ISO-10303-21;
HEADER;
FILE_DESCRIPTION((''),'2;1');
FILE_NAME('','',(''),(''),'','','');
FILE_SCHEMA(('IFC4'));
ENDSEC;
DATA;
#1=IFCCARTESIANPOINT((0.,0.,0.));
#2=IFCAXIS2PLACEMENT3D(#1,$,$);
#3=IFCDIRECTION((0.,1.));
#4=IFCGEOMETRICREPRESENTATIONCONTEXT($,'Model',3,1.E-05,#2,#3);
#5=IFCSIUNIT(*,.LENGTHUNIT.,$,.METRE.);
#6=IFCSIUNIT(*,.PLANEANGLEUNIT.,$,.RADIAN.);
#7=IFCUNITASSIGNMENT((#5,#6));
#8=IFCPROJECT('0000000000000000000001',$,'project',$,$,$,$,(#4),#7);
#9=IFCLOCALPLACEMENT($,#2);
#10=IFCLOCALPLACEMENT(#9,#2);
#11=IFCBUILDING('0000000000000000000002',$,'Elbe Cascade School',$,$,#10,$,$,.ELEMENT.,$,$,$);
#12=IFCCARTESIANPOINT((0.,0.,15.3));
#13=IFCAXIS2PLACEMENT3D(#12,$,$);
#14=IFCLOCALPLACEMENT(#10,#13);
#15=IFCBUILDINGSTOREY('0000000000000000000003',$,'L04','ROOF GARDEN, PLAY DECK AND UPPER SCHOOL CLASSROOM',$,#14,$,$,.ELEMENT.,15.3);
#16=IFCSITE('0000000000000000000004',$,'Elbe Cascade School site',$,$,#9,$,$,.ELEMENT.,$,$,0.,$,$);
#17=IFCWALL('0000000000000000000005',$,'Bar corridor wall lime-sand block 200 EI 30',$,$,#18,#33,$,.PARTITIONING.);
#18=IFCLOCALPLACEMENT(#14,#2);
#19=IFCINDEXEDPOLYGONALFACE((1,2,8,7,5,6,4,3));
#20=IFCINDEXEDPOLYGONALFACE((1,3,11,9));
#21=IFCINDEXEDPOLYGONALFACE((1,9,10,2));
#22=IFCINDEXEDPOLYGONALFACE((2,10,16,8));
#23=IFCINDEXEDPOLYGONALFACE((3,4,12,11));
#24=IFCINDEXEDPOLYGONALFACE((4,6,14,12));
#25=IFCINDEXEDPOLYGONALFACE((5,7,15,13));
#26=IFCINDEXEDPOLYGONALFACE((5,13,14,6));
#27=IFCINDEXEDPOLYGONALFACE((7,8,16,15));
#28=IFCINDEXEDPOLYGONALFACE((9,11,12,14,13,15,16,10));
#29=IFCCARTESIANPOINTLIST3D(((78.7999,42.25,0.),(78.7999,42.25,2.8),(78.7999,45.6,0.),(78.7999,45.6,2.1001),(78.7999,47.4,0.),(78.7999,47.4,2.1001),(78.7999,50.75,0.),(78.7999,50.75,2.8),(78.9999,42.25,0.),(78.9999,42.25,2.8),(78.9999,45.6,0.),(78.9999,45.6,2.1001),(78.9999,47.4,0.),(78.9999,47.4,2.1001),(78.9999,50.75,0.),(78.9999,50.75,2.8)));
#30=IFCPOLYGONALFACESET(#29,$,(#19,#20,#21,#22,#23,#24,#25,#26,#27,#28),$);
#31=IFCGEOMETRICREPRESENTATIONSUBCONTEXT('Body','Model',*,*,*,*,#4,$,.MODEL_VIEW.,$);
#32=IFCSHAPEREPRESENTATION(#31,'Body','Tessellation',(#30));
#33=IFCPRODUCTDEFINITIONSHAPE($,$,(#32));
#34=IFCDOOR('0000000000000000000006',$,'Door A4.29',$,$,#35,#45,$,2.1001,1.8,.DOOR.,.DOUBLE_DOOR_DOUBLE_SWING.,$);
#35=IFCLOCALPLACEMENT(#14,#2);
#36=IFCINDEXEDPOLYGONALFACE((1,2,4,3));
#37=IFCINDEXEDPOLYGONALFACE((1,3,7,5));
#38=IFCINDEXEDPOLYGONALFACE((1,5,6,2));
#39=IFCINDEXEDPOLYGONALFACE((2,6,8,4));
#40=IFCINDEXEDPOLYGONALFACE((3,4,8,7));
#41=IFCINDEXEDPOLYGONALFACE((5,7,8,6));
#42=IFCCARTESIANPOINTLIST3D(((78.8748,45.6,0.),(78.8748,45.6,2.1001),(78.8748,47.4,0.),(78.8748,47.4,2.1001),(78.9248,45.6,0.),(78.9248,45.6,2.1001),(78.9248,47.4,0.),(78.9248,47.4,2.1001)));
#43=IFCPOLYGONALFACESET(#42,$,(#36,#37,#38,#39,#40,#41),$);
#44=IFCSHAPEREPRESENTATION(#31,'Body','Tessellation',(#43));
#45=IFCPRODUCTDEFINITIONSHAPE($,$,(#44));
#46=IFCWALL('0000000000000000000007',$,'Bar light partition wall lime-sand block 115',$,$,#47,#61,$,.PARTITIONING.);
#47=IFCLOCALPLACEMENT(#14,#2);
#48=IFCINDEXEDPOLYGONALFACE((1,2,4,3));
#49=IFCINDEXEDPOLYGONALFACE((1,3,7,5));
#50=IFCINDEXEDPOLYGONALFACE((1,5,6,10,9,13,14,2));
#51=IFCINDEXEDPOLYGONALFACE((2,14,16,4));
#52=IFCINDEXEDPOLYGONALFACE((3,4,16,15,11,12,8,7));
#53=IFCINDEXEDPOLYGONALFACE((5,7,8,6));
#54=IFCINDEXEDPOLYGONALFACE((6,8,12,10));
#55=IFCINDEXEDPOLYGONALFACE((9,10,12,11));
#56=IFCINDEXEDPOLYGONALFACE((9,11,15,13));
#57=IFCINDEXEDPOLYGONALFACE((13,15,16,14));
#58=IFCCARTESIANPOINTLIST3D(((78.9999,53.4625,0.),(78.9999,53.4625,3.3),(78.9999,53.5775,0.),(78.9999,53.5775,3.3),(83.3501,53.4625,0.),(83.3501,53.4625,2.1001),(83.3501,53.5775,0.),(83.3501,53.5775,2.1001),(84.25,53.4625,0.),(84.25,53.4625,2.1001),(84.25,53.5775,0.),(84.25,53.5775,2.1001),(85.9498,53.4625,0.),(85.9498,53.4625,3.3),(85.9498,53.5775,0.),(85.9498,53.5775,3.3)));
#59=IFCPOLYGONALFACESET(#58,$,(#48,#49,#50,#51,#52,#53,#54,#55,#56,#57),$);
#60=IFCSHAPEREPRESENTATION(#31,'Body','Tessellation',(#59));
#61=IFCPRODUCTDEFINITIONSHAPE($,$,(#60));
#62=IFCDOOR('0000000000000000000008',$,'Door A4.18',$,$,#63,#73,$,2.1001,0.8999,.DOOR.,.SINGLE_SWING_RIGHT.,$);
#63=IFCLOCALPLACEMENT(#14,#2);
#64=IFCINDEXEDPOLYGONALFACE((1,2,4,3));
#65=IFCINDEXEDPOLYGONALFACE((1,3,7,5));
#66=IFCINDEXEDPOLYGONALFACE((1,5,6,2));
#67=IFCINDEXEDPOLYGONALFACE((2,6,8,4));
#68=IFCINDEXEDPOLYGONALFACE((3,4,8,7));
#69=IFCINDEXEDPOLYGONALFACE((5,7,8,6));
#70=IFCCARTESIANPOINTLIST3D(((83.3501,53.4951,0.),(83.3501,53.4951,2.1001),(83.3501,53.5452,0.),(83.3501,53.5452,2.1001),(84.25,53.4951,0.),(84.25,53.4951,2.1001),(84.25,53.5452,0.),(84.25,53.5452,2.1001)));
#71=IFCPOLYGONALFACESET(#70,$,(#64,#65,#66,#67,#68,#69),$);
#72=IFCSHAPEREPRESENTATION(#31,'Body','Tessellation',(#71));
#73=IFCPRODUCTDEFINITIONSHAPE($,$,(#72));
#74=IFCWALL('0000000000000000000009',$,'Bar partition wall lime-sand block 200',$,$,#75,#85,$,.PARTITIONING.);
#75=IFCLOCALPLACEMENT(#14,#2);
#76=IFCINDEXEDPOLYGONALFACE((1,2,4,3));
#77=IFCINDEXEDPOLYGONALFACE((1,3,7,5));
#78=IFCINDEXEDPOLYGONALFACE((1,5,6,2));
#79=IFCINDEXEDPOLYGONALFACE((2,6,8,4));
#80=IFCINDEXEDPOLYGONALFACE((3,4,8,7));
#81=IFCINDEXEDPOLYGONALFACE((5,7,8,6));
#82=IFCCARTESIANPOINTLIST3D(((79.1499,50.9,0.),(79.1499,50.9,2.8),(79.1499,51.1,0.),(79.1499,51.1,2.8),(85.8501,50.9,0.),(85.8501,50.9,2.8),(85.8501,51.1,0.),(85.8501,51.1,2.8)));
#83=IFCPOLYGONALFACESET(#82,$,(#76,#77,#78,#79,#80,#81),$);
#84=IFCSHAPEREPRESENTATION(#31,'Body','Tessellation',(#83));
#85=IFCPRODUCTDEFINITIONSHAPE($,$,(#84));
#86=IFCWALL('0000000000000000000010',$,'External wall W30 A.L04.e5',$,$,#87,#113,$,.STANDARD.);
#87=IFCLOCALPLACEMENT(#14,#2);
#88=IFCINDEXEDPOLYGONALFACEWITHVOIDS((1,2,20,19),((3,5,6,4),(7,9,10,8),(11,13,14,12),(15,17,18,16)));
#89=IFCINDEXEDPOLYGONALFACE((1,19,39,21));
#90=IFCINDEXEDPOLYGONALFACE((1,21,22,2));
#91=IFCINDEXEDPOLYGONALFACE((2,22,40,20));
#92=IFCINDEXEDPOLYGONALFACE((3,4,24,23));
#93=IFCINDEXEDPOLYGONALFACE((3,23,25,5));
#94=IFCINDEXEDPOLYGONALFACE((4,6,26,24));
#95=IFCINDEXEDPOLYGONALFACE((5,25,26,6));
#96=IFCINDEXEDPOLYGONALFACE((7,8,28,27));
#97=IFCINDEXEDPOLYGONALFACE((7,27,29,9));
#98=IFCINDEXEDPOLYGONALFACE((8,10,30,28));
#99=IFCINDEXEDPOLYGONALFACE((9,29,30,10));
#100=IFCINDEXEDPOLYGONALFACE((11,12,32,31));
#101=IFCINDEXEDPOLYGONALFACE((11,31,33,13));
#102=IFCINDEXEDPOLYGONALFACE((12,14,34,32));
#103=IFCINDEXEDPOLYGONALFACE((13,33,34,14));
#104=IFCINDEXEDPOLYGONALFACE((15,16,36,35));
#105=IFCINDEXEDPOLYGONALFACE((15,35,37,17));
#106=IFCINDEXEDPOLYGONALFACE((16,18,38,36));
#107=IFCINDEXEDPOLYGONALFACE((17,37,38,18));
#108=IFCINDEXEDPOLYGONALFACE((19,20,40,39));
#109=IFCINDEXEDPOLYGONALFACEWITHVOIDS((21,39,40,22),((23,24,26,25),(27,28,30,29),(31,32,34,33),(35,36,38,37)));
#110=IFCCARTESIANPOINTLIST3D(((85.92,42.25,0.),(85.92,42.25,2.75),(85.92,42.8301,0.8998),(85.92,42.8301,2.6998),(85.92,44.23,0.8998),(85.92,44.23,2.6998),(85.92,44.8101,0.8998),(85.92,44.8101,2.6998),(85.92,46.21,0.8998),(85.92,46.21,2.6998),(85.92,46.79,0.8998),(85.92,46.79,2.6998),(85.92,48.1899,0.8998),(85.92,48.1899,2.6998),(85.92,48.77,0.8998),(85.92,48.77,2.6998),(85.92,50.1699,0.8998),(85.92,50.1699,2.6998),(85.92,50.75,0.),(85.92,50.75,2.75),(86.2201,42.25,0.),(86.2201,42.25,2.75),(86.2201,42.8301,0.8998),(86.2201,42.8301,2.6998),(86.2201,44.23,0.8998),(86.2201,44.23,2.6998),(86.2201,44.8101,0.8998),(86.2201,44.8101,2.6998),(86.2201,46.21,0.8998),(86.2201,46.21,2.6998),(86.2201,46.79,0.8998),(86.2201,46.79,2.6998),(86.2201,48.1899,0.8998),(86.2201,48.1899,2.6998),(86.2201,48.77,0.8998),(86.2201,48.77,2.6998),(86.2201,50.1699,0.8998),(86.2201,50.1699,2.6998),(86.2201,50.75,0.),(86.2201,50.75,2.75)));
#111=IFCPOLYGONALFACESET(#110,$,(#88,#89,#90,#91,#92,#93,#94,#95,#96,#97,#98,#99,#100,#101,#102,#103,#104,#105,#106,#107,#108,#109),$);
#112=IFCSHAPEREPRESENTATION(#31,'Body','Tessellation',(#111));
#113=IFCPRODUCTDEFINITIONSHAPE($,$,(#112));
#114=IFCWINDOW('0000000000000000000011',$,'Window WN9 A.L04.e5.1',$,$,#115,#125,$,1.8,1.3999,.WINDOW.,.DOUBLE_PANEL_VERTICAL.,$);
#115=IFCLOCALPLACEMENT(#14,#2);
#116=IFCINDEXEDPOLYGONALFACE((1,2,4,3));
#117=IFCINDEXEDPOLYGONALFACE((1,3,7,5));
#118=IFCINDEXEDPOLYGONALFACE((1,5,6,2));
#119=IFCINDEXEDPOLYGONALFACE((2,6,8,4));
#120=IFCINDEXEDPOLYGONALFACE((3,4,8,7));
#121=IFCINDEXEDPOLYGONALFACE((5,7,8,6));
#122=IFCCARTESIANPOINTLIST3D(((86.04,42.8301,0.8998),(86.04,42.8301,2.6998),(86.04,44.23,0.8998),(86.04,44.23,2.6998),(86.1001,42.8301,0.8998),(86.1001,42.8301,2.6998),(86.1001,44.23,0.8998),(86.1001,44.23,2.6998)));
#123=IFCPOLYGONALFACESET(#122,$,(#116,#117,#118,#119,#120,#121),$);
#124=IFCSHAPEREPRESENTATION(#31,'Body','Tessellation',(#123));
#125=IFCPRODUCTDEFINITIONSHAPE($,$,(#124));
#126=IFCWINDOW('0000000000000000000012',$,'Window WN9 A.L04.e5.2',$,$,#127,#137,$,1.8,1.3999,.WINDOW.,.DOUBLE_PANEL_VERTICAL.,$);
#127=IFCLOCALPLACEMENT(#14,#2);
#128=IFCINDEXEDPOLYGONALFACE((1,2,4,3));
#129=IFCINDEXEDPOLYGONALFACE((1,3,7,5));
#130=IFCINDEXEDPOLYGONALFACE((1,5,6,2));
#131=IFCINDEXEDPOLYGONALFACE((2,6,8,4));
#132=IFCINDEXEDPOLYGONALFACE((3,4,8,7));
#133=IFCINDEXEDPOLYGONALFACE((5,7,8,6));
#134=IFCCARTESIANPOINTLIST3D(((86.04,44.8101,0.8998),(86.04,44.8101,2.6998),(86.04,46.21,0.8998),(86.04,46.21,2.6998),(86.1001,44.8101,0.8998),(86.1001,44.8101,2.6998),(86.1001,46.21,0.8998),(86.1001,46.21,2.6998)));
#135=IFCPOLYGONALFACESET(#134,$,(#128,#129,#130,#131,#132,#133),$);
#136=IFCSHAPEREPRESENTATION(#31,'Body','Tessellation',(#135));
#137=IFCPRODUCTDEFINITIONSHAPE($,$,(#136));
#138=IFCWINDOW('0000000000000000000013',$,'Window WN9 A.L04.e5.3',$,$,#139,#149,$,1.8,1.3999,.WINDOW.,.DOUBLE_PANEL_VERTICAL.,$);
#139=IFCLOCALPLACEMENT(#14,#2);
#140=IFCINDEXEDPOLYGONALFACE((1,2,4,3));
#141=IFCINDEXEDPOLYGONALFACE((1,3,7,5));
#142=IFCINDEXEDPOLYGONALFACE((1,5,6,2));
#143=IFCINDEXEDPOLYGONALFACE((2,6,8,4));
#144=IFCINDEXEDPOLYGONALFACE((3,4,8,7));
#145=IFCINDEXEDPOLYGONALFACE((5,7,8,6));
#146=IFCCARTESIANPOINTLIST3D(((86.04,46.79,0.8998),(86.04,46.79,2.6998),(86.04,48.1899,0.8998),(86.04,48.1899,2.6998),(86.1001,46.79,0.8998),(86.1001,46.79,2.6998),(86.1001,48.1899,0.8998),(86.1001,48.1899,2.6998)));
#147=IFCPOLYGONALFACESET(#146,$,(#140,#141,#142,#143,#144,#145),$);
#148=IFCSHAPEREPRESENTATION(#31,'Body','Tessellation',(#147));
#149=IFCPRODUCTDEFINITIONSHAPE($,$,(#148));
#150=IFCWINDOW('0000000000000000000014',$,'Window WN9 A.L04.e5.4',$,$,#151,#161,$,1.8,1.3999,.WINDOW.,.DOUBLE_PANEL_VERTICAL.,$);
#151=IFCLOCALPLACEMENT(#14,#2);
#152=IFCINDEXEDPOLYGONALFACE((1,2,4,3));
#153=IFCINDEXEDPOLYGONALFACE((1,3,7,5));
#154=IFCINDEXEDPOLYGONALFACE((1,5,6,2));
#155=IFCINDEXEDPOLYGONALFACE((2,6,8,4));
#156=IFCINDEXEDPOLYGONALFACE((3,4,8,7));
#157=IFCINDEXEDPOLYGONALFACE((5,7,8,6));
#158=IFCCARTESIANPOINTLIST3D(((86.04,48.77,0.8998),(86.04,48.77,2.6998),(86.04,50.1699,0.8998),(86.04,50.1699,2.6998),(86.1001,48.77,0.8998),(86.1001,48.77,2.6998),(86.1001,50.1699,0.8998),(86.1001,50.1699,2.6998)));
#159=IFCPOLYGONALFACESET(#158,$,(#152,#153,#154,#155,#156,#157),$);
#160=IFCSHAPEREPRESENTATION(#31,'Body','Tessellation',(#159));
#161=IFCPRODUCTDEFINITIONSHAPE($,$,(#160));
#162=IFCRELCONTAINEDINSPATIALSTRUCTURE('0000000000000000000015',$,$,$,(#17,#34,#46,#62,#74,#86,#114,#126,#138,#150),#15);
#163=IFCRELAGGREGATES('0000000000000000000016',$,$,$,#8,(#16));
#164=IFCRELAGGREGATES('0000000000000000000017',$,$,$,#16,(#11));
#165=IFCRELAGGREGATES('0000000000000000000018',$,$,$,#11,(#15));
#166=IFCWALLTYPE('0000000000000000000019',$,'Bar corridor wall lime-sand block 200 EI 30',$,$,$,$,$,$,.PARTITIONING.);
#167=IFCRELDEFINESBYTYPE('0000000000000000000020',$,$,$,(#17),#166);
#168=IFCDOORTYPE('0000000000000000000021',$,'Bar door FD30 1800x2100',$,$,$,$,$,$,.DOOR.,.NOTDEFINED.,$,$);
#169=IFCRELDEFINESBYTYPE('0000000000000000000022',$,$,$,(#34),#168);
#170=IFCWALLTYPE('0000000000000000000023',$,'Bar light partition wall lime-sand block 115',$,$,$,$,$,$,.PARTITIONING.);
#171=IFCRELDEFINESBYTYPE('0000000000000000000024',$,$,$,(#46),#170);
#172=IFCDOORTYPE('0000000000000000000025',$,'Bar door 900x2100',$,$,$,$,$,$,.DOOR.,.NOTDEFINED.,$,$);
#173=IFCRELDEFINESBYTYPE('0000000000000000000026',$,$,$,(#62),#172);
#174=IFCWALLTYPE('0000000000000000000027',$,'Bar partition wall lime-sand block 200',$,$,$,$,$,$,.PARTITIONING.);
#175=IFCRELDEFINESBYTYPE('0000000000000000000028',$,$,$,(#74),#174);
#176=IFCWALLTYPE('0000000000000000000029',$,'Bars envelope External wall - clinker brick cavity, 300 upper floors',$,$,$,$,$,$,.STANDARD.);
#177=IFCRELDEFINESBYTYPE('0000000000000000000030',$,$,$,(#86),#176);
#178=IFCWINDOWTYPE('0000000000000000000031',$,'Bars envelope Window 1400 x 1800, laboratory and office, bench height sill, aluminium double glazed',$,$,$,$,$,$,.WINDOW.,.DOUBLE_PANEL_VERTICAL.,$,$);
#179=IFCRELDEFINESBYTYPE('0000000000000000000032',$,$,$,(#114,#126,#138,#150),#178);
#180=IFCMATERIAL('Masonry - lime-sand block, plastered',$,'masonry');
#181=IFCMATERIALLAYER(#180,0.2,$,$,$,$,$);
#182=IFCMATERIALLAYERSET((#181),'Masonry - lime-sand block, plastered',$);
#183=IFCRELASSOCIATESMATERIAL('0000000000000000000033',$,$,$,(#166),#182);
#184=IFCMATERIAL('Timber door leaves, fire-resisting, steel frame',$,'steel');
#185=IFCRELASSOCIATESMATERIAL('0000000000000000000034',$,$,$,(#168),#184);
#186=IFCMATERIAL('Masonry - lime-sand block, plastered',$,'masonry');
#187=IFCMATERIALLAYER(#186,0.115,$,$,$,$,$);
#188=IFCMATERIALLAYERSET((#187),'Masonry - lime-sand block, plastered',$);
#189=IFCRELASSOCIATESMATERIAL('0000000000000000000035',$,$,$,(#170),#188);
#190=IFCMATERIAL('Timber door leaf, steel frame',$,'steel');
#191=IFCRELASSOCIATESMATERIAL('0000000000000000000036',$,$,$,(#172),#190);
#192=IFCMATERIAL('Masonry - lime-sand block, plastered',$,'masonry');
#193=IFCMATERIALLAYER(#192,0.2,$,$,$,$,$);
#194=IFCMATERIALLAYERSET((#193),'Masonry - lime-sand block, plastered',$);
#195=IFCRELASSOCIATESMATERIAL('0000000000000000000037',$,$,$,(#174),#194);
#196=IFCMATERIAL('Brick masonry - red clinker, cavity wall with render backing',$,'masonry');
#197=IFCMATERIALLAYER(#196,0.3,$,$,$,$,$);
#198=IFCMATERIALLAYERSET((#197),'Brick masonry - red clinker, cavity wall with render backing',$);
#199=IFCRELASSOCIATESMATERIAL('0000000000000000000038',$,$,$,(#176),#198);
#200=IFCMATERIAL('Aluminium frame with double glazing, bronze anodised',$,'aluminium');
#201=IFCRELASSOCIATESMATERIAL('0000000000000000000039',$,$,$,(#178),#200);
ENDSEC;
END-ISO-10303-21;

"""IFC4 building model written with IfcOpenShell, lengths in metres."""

from ifc_helpers import new_model, si_unit, direction, frame, frame_2d, origin, place, context, subcontext, project, spatial, rectangle, extrude, material, layer, layer_set, type_object, element, fill, save


model = new_model("IFC4")

# Units and contexts
model_context = context("Model", 3, precision=1e-05, world=origin(), true_north=direction((0.0, 1.0)))
body_context = subcontext(model_context, "Body", "Model", "MODEL_VIEW")
ifc_project = project(units=[si_unit("LENGTHUNIT", "METRE"), si_unit("PLANEANGLEUNIT", "RADIAN")], contexts=[model_context])

# Site, building, storey
site_placement = place(None, origin())
site = spatial("IfcSite", under=ifc_project, at=site_placement, Name="Elbe Cascade School site", CompositionType="ELEMENT", RefElevation=0.0)
building_placement = place(site_placement, origin())
building = spatial("IfcBuilding", under=site, at=building_placement, Name="Elbe Cascade School", CompositionType="ELEMENT")
storey_placement = place(building_placement, frame((0.0, 0.0, 15.3)))
storey = spatial("IfcBuildingStorey", under=building, at=storey_placement, Name="L04", Description="ROOF GARDEN, PLAY DECK AND UPPER SCHOOL CLASSROOM", CompositionType="ELEMENT", Elevation=15.3)

# Walls, openings, doors
ifc_material_1 = material(Name="Masonry - lime-sand block, plastered", Category="masonry")
ifc_layer_1 = layer(ifc_material_1, 0.2)
ifc_layer_set_1 = layer_set([ifc_layer_1], Name="Masonry - lime-sand block, plastered")
wall_type_1 = type_object("IfcWallType", Name="Bar corridor wall lime-sand block 200 EI 30", PredefinedType="PARTITIONING", material=ifc_layer_set_1)
wall_1_placement = place(storey_placement, frame((78.8999, 50.75, 0.0), z_axis=(0.0, 0.0, 1.0), x_axis=(0.0, -1.0, 0.0)))
wall_1 = element("IfcWall", 1, at=wall_1_placement, inside=storey, type_object=wall_type_1, Name="Bar corridor wall lime-sand block 200 EI 30", PredefinedType="PARTITIONING", context=body_context, shape_type="SweptSolid", body=[
    extrude(rectangle(XDim=8.5, YDim=0.2, at=frame_2d((4.25, 0.0))), origin(), (0.0, 0.0, 1.0), 2.8),
])
opening_1_placement = place(wall_1_placement, frame((3.3501, 0.0, 0.0)))
opening_1 = element("IfcOpeningElement", 2, at=opening_1_placement, cuts=wall_1, PredefinedType="OPENING", context=body_context, shape_type="SweptSolid", body=[
    extrude(rectangle(XDim=1.8, YDim=2.1001, at=frame_2d((0.8999, 1.05))), frame((0.0, 0.1099, 0.0), z_axis=(0.0, -1.0, 0.0), x_axis=(1.0, 0.0, 0.0)), (0.0, 0.0, 1.0), 0.22),
])
ifc_material_2 = material(Name="Timber door leaves, fire-resisting, steel frame", Category="steel")
door_type_1 = type_object("IfcDoorType", Name="Bar door FD30 1800x2100", OperationType="NOTDEFINED", PredefinedType="DOOR", material=ifc_material_2)
door_1_placement = place(opening_1_placement, origin())
door_1 = element("IfcDoor", 3, at=door_1_placement, inside=storey, type_object=door_type_1, Name="Door A4.29", OperationType="DOUBLE_DOOR_DOUBLE_SWING", OverallHeight=2.1001, OverallWidth=1.8, PredefinedType="DOOR", context=body_context, shape_type="SweptSolid", body=[
    extrude(rectangle(XDim=1.8, YDim=2.1001, at=frame_2d((0.8999, 1.05))), frame((0.0, 0.0249, 0.0), z_axis=(0.0, -1.0, 0.0), x_axis=(1.0, 0.0, 0.0)), (0.0, 0.0, 1.0), 0.05),
])
fill(opening_1, door_1)
ifc_material_3 = material(Name="Masonry - lime-sand block, plastered", Category="masonry")
ifc_layer_2 = layer(ifc_material_3, 0.115)
ifc_layer_set_2 = layer_set([ifc_layer_2], Name="Masonry - lime-sand block, plastered")
wall_type_2 = type_object("IfcWallType", Name="Bar light partition wall lime-sand block 115", PredefinedType="PARTITIONING", material=ifc_layer_set_2)
wall_2_placement = place(storey_placement, frame((85.95, 53.52, 0.0), z_axis=(0.0, 0.0, 1.0), x_axis=(-1.0, 0.0, 0.0)))
wall_2 = element("IfcWall", 4, at=wall_2_placement, inside=storey, type_object=wall_type_2, Name="Bar light partition wall lime-sand block 115", PredefinedType="PARTITIONING", context=body_context, shape_type="SweptSolid", body=[
    extrude(rectangle(XDim=6.95, YDim=0.115, at=frame_2d((3.4751, 0.0))), origin(), (0.0, 0.0, 1.0), 3.3),
])
opening_2_placement = place(wall_2_placement, frame((1.7, 0.0, 0.0)))
opening_2 = element("IfcOpeningElement", 5, at=opening_2_placement, cuts=wall_2, PredefinedType="OPENING", context=body_context, shape_type="SweptSolid", body=[
    extrude(rectangle(XDim=0.8999, YDim=2.1001, at=frame_2d((0.45, 1.05))), frame((0.0, 0.0674, 0.0), z_axis=(0.0, -1.0, 0.0), x_axis=(1.0, 0.0, 0.0)), (0.0, 0.0, 1.0), 0.135),
])
ifc_material_4 = material(Name="Timber door leaf, steel frame", Category="steel")
door_type_2 = type_object("IfcDoorType", Name="Bar door 900x2100", OperationType="NOTDEFINED", PredefinedType="DOOR", material=ifc_material_4)
door_2_placement = place(opening_2_placement, origin())
door_2 = element("IfcDoor", 6, at=door_2_placement, inside=storey, type_object=door_type_2, Name="Door A4.18", OperationType="SINGLE_SWING_RIGHT", OverallHeight=2.1001, OverallWidth=0.8999, PredefinedType="DOOR", context=body_context, shape_type="SweptSolid", body=[
    extrude(rectangle(XDim=0.8999, YDim=2.1001, at=frame_2d((0.45, 1.05))), frame((0.0, 0.0249, 0.0), z_axis=(0.0, -1.0, 0.0), x_axis=(1.0, 0.0, 0.0)), (0.0, 0.0, 1.0), 0.05),
])
fill(opening_2, door_2)

# Wall
ifc_material_5 = material(Name="Masonry - lime-sand block, plastered", Category="masonry")
ifc_layer_3 = layer(ifc_material_5, 0.2)
ifc_layer_set_3 = layer_set([ifc_layer_3], Name="Masonry - lime-sand block, plastered")
wall_type_3 = type_object("IfcWallType", Name="Bar partition wall lime-sand block 200", PredefinedType="PARTITIONING", material=ifc_layer_set_3)
wall_3_placement = place(storey_placement, frame((79.1499, 51.0, 0.0), z_axis=(0.0, 0.0, 1.0), x_axis=(1.0, 0.0, 0.0)))
element("IfcWall", 7, at=wall_3_placement, inside=storey, type_object=wall_type_3, Name="Bar partition wall lime-sand block 200", PredefinedType="PARTITIONING", context=body_context, shape_type="SweptSolid", body=[
    extrude(rectangle(XDim=6.7002, YDim=0.2, at=frame_2d((3.3501, 0.0))), origin(), (0.0, 0.0, 1.0), 2.8),
])

# Wall, openings, windows
ifc_material_6 = material(Name="Brick masonry - red clinker, cavity wall with render backing", Category="masonry")
ifc_layer_4 = layer(ifc_material_6, 0.3)
ifc_layer_set_4 = layer_set([ifc_layer_4], Name="Brick masonry - red clinker, cavity wall with render backing")
wall_type_4 = type_object("IfcWallType", Name="Bars envelope External wall - clinker brick cavity, 300 upper floors", PredefinedType="STANDARD", material=ifc_layer_set_4)
wall_4_placement = place(storey_placement, frame((86.0701, 50.75, 0.0), z_axis=(0.0, 0.0, 1.0), x_axis=(0.0, -1.0, 0.0)))
wall_4 = element("IfcWall", 8, at=wall_4_placement, inside=storey, type_object=wall_type_4, Name="External wall W30 A.L04.e5", PredefinedType="STANDARD", context=body_context, shape_type="SweptSolid", body=[
    extrude(rectangle(XDim=8.5, YDim=0.3, at=frame_2d((4.25, 0.0))), origin(), (0.0, 0.0, 1.0), 2.75),
])
opening_3_placement = place(wall_4_placement, frame((6.52, 0.0, 0.8999)))
opening_3 = element("IfcOpeningElement", 9, at=opening_3_placement, cuts=wall_4, PredefinedType="OPENING", context=body_context, shape_type="SweptSolid", body=[
    extrude(rectangle(XDim=1.3999, YDim=1.8, at=frame_2d((0.7, 0.8999))), frame((0.0, 0.1599, 0.0), z_axis=(0.0, -1.0, 0.0), x_axis=(1.0, 0.0, 0.0)), (0.0, 0.0, 1.0), 0.3201),
])
opening_4_placement = place(wall_4_placement, frame((4.54, 0.0, 0.8999)))
opening_4 = element("IfcOpeningElement", 10, at=opening_4_placement, cuts=wall_4, PredefinedType="OPENING", context=body_context, shape_type="SweptSolid", body=[
    extrude(rectangle(XDim=1.3999, YDim=1.8, at=frame_2d((0.7, 0.8999))), frame((0.0, 0.1599, 0.0), z_axis=(0.0, -1.0, 0.0), x_axis=(1.0, 0.0, 0.0)), (0.0, 0.0, 1.0), 0.3201),
])
opening_5_placement = place(wall_4_placement, frame((2.5601, 0.0, 0.8999)))
opening_5 = element("IfcOpeningElement", 11, at=opening_5_placement, cuts=wall_4, PredefinedType="OPENING", context=body_context, shape_type="SweptSolid", body=[
    extrude(rectangle(XDim=1.3999, YDim=1.8, at=frame_2d((0.7, 0.8999))), frame((0.0, 0.1599, 0.0), z_axis=(0.0, -1.0, 0.0), x_axis=(1.0, 0.0, 0.0)), (0.0, 0.0, 1.0), 0.3201),
])
opening_6_placement = place(wall_4_placement, frame((0.5801, 0.0, 0.8999)))
opening_6 = element("IfcOpeningElement", 12, at=opening_6_placement, cuts=wall_4, PredefinedType="OPENING", context=body_context, shape_type="SweptSolid", body=[
    extrude(rectangle(XDim=1.3999, YDim=1.8, at=frame_2d((0.7, 0.8999))), frame((0.0, 0.1599, 0.0), z_axis=(0.0, -1.0, 0.0), x_axis=(1.0, 0.0, 0.0)), (0.0, 0.0, 1.0), 0.3201),
])
ifc_material_7 = material(Name="Aluminium frame with double glazing, bronze anodised", Category="aluminium")
window_type_1 = type_object("IfcWindowType", Name="Bars envelope Window 1400 x 1800, laboratory and office, bench height sill, aluminium double glazed", PartitioningType="DOUBLE_PANEL_VERTICAL", PredefinedType="WINDOW", material=ifc_material_7)
window_1_placement = place(opening_3_placement, origin())
window_1 = element("IfcWindow", 13, at=window_1_placement, inside=storey, type_object=window_type_1, Name="Window WN9 A.L04.e5.1", OverallHeight=1.8, OverallWidth=1.3999, PartitioningType="DOUBLE_PANEL_VERTICAL", PredefinedType="WINDOW", context=body_context, shape_type="SweptSolid", body=[
    extrude(rectangle(XDim=1.3999, YDim=1.8, at=frame_2d((0.7, 0.8999))), frame((0.0, 0.03, 0.0), z_axis=(0.0, -1.0, 0.0), x_axis=(1.0, 0.0, 0.0)), (0.0, 0.0, 1.0), 0.0601),
])
fill(opening_3, window_1)
window_2_placement = place(opening_4_placement, origin())
window_2 = element("IfcWindow", 14, at=window_2_placement, inside=storey, type_object=window_type_1, Name="Window WN9 A.L04.e5.2", OverallHeight=1.8, OverallWidth=1.3999, PartitioningType="DOUBLE_PANEL_VERTICAL", PredefinedType="WINDOW", context=body_context, shape_type="SweptSolid", body=[
    extrude(rectangle(XDim=1.3999, YDim=1.8, at=frame_2d((0.7, 0.8999))), frame((0.0, 0.03, 0.0), z_axis=(0.0, -1.0, 0.0), x_axis=(1.0, 0.0, 0.0)), (0.0, 0.0, 1.0), 0.0601),
])
fill(opening_4, window_2)
window_3_placement = place(opening_5_placement, origin())
window_3 = element("IfcWindow", 15, at=window_3_placement, inside=storey, type_object=window_type_1, Name="Window WN9 A.L04.e5.3", OverallHeight=1.8, OverallWidth=1.3999, PartitioningType="DOUBLE_PANEL_VERTICAL", PredefinedType="WINDOW", context=body_context, shape_type="SweptSolid", body=[
    extrude(rectangle(XDim=1.3999, YDim=1.8, at=frame_2d((0.7, 0.8999))), frame((0.0, 0.03, 0.0), z_axis=(0.0, -1.0, 0.0), x_axis=(1.0, 0.0, 0.0)), (0.0, 0.0, 1.0), 0.0601),
])
fill(opening_5, window_3)
window_4_placement = place(opening_6_placement, origin())
window_4 = element("IfcWindow", 16, at=window_4_placement, inside=storey, type_object=window_type_1, Name="Window WN9 A.L04.e5.4", OverallHeight=1.8, OverallWidth=1.3999, PartitioningType="DOUBLE_PANEL_VERTICAL", PredefinedType="WINDOW", context=body_context, shape_type="SweptSolid", body=[
    extrude(rectangle(XDim=1.3999, YDim=1.8, at=frame_2d((0.7, 0.8999))), frame((0.0, 0.03, 0.0), z_axis=(0.0, -1.0, 0.0), x_axis=(1.0, 0.0, 0.0)), (0.0, 0.0, 1.0), 0.0601),
])
fill(opening_6, window_4)

save(model, "model.ifc")
